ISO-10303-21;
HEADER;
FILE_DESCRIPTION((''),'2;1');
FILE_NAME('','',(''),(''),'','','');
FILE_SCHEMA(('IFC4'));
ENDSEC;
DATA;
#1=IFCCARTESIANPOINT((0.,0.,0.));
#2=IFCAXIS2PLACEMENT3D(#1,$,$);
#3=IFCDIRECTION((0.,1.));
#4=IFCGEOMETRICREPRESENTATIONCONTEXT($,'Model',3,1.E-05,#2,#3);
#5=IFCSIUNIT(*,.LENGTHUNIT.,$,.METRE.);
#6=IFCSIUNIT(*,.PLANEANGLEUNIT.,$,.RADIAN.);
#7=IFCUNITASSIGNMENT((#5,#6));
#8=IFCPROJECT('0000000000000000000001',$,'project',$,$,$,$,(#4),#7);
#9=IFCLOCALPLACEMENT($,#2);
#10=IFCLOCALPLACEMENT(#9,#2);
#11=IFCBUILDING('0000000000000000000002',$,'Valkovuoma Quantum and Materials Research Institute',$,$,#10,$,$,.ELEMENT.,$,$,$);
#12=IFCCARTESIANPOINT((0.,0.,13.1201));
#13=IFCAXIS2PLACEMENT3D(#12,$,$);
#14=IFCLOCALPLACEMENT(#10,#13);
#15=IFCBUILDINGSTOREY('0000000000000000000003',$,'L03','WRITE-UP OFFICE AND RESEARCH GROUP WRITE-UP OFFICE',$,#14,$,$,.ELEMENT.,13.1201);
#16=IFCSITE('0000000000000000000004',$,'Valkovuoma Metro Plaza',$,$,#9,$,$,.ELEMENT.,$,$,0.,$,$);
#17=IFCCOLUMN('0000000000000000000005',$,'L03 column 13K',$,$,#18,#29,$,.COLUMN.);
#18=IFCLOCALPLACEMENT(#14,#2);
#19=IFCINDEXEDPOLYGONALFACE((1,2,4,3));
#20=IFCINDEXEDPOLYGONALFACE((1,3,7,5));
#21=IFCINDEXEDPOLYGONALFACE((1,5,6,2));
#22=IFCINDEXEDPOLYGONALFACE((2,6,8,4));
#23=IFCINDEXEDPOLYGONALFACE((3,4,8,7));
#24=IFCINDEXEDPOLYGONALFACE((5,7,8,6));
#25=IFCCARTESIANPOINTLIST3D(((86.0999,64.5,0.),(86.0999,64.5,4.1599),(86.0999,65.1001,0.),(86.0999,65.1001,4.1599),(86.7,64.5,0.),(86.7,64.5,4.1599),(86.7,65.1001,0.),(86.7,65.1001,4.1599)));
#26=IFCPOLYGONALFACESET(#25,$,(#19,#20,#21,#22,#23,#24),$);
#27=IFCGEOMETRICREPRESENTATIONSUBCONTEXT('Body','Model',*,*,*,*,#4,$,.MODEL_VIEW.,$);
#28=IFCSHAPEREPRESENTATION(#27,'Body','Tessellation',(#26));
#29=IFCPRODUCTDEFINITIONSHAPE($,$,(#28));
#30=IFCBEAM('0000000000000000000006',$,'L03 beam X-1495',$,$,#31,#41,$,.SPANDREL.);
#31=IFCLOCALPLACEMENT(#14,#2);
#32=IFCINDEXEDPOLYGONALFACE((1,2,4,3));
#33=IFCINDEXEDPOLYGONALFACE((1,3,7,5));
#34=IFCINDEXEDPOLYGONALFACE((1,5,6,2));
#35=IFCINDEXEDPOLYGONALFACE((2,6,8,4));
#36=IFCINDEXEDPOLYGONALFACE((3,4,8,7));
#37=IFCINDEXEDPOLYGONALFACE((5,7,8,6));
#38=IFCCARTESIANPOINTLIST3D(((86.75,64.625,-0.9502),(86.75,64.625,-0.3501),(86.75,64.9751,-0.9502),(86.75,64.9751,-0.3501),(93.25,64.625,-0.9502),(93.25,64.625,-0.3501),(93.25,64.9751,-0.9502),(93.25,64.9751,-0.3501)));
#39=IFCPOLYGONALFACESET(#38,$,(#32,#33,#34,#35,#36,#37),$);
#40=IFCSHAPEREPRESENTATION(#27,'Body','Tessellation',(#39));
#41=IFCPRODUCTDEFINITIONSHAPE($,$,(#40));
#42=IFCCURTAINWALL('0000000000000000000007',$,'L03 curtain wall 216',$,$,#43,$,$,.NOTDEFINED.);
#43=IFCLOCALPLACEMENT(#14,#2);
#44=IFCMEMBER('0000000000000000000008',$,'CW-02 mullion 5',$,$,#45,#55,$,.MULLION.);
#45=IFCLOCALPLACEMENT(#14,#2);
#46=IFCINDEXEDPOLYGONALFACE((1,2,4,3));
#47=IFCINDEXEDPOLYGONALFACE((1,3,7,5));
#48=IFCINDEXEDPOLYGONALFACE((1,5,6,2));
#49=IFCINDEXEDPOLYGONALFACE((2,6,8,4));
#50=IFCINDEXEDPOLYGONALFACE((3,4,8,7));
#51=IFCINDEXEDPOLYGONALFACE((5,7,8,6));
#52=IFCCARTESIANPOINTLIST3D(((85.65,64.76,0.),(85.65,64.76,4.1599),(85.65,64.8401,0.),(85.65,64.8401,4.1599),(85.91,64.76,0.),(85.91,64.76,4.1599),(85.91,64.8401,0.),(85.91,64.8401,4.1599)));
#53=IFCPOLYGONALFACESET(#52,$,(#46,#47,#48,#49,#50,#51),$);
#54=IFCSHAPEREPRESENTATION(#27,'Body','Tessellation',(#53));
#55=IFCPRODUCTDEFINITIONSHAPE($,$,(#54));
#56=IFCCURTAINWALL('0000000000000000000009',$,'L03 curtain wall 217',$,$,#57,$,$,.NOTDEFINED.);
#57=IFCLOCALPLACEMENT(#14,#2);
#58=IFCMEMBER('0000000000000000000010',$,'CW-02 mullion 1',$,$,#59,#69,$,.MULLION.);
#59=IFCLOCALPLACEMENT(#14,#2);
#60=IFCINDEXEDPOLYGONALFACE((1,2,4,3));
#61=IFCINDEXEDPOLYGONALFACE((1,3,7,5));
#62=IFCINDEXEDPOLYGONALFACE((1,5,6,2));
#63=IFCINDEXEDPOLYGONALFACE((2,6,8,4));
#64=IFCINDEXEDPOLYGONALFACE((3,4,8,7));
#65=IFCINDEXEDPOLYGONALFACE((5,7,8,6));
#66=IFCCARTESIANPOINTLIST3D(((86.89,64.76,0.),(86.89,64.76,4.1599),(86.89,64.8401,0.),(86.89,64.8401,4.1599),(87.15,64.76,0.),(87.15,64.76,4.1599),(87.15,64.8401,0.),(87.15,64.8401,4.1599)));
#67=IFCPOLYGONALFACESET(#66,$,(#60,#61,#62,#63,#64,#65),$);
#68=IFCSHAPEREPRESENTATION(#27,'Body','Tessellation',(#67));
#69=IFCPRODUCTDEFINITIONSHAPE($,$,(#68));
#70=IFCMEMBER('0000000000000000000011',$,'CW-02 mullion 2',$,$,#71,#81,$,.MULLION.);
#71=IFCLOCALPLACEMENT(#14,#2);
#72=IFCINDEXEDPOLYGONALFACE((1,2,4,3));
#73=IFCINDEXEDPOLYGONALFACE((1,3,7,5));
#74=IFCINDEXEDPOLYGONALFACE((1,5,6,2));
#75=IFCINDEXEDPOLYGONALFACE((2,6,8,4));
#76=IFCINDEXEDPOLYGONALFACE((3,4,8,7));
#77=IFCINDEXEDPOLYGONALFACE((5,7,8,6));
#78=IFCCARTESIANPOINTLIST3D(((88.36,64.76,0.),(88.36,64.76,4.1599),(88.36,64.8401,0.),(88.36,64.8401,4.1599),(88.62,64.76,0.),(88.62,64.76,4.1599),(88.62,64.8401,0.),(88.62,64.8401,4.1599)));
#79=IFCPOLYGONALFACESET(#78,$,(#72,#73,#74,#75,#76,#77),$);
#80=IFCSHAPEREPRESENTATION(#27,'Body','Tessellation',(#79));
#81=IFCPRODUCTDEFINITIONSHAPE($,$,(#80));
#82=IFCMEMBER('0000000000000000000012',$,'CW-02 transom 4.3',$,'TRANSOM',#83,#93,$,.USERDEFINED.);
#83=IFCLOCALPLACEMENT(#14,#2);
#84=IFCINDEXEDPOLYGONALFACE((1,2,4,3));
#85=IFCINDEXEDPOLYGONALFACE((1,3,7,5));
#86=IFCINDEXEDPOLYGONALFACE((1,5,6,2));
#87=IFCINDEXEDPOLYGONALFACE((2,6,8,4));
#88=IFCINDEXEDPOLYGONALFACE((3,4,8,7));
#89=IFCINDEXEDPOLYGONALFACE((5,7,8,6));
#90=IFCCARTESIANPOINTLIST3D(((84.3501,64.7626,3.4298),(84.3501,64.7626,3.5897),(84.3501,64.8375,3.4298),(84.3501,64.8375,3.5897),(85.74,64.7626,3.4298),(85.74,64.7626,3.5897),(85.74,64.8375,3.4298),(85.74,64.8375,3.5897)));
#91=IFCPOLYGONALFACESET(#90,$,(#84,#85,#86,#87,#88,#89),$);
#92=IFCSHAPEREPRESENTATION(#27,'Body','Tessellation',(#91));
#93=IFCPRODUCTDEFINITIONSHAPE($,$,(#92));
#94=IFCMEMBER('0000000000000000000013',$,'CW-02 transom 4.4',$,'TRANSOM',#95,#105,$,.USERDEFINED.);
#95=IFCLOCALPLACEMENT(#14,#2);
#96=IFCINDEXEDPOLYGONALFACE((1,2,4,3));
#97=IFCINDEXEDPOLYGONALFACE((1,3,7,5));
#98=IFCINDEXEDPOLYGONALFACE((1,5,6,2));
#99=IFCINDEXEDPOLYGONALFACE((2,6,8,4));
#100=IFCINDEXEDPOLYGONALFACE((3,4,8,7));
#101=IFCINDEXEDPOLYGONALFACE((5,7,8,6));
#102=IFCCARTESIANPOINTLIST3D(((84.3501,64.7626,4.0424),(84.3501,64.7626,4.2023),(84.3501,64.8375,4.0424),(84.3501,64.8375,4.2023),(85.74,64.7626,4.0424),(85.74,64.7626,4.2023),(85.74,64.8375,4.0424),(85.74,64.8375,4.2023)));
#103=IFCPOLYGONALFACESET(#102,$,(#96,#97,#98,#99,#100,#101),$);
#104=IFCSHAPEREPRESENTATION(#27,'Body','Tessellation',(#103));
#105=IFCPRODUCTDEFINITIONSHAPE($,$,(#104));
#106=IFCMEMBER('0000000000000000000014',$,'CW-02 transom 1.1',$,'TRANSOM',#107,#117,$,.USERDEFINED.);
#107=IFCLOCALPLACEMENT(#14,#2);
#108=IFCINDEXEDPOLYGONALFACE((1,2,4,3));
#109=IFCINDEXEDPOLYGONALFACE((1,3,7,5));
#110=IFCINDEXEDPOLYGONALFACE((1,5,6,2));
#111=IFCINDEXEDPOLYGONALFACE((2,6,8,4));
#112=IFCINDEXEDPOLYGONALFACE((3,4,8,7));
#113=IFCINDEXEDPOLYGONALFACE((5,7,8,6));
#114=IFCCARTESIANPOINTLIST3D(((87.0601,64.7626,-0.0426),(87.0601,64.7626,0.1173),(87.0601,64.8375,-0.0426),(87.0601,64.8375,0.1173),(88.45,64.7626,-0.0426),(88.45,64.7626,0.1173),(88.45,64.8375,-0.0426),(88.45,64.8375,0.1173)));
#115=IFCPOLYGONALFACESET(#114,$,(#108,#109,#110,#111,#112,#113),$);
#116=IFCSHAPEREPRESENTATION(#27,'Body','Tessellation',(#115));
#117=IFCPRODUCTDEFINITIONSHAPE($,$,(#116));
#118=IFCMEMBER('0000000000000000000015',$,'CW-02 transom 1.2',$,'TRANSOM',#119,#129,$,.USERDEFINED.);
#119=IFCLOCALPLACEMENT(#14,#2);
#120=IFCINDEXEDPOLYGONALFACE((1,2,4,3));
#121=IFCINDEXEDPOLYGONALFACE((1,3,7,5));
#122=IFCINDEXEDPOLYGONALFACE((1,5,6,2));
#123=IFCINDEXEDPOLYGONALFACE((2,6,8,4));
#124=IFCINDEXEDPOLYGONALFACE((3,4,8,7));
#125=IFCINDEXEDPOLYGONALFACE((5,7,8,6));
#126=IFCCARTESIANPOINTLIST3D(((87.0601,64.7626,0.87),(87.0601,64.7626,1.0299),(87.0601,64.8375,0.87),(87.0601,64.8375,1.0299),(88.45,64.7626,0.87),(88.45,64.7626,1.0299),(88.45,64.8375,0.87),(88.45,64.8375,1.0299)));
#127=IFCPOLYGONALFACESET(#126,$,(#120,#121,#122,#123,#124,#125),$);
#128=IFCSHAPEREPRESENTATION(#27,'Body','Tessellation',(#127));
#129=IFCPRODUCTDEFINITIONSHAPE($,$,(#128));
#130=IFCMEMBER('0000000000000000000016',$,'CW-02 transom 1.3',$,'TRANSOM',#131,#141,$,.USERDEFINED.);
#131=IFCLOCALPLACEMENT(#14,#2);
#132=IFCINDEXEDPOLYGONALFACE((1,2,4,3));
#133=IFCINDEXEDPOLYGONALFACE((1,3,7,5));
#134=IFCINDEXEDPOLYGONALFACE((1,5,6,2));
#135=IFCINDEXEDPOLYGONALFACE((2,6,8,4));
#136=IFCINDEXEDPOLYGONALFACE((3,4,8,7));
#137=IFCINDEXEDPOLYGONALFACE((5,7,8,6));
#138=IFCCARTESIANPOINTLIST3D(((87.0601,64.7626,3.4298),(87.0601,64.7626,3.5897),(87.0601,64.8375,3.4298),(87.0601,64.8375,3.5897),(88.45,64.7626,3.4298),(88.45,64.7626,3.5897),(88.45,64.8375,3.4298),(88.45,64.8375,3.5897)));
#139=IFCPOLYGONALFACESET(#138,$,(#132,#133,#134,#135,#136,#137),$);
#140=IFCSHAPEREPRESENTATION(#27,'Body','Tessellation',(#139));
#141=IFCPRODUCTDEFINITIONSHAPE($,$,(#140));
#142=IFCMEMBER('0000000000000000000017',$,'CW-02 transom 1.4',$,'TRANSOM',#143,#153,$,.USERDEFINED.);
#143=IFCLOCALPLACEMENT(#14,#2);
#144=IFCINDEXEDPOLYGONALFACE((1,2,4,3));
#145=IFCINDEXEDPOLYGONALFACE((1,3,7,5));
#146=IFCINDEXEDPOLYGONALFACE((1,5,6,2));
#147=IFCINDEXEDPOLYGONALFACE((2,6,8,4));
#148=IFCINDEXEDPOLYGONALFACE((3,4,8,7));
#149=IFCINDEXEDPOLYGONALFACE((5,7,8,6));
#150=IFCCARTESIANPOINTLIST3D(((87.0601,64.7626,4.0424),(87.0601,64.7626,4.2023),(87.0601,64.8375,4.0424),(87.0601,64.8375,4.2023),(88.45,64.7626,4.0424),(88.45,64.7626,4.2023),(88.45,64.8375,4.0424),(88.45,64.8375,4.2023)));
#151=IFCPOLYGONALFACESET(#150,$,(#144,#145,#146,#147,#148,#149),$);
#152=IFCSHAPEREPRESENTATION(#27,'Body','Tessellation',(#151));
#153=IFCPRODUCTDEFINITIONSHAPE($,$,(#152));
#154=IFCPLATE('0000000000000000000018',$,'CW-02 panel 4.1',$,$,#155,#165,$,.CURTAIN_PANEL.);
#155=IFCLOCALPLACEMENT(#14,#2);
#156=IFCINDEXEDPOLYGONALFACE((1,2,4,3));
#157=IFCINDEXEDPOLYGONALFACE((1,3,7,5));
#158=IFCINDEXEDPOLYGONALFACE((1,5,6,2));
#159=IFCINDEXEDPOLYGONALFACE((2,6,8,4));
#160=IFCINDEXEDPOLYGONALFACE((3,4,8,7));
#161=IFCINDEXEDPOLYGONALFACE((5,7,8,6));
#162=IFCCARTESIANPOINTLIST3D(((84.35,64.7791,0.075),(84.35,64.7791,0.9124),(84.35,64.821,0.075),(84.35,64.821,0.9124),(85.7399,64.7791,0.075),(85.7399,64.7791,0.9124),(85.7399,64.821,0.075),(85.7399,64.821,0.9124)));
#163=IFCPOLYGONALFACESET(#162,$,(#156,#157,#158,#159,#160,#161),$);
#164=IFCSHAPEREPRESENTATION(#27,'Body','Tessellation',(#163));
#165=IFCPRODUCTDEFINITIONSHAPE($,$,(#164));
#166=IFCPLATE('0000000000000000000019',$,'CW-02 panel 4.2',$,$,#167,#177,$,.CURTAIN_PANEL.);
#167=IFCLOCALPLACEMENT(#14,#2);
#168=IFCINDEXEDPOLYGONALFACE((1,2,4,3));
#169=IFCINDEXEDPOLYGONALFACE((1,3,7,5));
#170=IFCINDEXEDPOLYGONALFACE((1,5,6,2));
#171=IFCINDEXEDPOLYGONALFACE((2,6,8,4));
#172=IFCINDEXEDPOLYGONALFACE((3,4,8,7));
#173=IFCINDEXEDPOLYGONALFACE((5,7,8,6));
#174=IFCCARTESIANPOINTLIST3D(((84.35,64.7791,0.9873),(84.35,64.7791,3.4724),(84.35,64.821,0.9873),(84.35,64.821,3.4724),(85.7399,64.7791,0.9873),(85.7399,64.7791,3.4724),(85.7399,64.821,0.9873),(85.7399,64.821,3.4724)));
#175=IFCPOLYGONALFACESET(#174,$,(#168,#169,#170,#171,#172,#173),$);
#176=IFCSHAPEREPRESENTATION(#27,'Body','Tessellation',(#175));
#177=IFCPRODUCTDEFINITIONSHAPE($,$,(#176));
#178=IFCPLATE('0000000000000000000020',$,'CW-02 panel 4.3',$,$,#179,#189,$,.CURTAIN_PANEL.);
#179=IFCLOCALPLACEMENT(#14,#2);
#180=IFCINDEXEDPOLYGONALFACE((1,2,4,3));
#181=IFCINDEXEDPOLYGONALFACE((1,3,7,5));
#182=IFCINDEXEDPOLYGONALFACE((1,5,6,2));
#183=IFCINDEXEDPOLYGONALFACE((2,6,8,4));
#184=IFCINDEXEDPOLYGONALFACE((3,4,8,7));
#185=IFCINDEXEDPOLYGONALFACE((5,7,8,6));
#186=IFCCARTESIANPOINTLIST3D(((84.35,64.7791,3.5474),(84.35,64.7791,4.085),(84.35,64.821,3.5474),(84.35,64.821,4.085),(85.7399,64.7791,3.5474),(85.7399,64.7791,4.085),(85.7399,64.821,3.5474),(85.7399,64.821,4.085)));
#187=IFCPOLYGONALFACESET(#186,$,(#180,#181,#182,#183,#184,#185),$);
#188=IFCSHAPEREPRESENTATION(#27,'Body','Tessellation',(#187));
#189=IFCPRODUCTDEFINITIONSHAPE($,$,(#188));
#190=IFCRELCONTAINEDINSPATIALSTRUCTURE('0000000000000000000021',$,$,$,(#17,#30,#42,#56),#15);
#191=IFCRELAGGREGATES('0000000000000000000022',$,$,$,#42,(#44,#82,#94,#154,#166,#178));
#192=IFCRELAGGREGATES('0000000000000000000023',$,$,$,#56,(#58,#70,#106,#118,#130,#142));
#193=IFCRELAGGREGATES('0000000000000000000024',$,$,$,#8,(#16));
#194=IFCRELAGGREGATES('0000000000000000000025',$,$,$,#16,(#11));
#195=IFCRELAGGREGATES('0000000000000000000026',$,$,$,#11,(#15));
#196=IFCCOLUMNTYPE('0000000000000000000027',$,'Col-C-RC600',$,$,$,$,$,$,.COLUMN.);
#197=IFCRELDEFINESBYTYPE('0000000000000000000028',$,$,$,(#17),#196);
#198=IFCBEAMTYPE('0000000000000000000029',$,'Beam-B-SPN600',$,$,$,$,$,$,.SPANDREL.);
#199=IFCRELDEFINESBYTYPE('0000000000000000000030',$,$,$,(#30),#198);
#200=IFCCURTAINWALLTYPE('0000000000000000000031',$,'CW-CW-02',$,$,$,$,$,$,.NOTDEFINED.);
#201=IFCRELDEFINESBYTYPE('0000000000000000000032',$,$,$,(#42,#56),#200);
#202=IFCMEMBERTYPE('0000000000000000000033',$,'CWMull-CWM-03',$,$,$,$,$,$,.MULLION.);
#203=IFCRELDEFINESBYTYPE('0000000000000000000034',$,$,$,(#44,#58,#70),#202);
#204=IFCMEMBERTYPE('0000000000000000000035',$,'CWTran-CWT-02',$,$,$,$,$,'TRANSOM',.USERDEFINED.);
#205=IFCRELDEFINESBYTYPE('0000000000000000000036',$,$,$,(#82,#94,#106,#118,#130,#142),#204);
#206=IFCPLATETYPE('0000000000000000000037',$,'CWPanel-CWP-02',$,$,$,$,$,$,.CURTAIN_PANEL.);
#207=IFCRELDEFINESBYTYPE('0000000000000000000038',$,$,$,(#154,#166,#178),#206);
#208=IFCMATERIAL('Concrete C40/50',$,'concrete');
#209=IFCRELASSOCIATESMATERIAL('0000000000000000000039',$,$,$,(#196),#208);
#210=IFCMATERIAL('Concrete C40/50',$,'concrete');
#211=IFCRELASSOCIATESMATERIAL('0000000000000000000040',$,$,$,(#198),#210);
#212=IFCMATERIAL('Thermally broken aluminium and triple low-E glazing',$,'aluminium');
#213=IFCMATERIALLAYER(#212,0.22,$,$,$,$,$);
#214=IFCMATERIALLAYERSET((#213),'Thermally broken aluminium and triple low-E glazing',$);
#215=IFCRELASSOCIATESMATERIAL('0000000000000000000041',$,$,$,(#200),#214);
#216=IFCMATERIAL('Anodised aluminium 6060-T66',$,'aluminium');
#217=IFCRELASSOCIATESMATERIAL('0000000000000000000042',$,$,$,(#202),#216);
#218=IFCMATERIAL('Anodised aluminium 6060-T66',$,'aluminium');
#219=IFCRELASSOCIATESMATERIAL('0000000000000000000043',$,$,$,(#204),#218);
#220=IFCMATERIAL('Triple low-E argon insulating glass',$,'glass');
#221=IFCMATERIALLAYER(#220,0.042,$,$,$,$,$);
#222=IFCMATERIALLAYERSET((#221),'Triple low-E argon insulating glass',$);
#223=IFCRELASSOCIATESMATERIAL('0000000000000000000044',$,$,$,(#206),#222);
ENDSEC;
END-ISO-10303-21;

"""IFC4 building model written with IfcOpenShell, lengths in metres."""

from ifc_helpers import new_model, si_unit, direction, frame, origin, origin_2d, place, context, subcontext, project, spatial, rectangle, extrude, material, layer, layer_set, material_profile, profile_set, type_object, element, aggregate, save


model = new_model("IFC4")

# Units and contexts
model_context = context("Model", 3, precision=1e-05, world=origin(), true_north=direction((0.0, 1.0)))
body_context = subcontext(model_context, "Body", "Model", "MODEL_VIEW")
ifc_project = project(units=[si_unit("LENGTHUNIT", "METRE"), si_unit("PLANEANGLEUNIT", "RADIAN")], contexts=[model_context])

# Site, building, storey
site_placement = place(None, origin())
site = spatial("IfcSite", under=ifc_project, at=site_placement, Name="Valkovuoma Metro Plaza", CompositionType="ELEMENT", RefElevation=0.0)
building_placement = place(site_placement, origin())
building = spatial("IfcBuilding", under=site, at=building_placement, Name="Valkovuoma Quantum and Materials Research Institute", CompositionType="ELEMENT")
storey_placement = place(building_placement, frame((0.0, 0.0, 13.1201)))
storey = spatial("IfcBuildingStorey", under=building, at=storey_placement, Name="L03", Description="WRITE-UP OFFICE AND RESEARCH GROUP WRITE-UP OFFICE", CompositionType="ELEMENT", Elevation=13.1201)

# Column
ifc_material_1 = material(Name="Concrete C40/50", Category="concrete")
ifc_material_profile_1 = material_profile(ifc_material_1, rectangle(XDim=0.6001, YDim=0.6001, at=origin_2d()), Name="Concrete C40/50")
ifc_profile_set_1 = profile_set([ifc_material_profile_1], Name="Concrete C40/50")
column_type = type_object("IfcColumnType", Name="Col-C-RC600", PredefinedType="COLUMN", material=ifc_profile_set_1)
column_placement = place(storey_placement, frame((86.3999, 64.8, 0.0), z_axis=(0.0, 0.0, 1.0), x_axis=(1.0, 0.0, 0.0)))
element("IfcColumn", 1, at=column_placement, inside=storey, type_object=column_type, Name="L03 column 13K", PredefinedType="COLUMN", context=body_context, shape_type="SweptSolid", body=[
    extrude(rectangle(XDim=0.6001, YDim=0.6001, at=origin_2d()), origin(), (0.0, 0.0, 1.0), 4.1599),
])

# Beam
ifc_material_2 = material(Name="Concrete C40/50", Category="concrete")
ifc_material_profile_2 = material_profile(ifc_material_2, rectangle(XDim=0.3501, YDim=0.6001, at=origin_2d()), Name="Concrete C40/50")
ifc_profile_set_2 = profile_set([ifc_material_profile_2], Name="Concrete C40/50")
beam_type = type_object("IfcBeamType", Name="Beam-B-SPN600", PredefinedType="SPANDREL", material=ifc_profile_set_2)
beam_placement = place(storey_placement, frame((86.75, 64.8, -0.6501), z_axis=(1.0, 0.0, 0.0), x_axis=(0.0, 1.0, 0.0)))
element("IfcBeam", 2, at=beam_placement, inside=storey, type_object=beam_type, Name="L03 beam X-1495", PredefinedType="SPANDREL", context=body_context, shape_type="SweptSolid", body=[
    extrude(rectangle(XDim=0.3501, YDim=0.6001, at=origin_2d()), origin(), (0.0, 0.0, 1.0), 6.5),
])

# Curtain wall, member
ifc_material_3 = material(Name="Thermally broken aluminium and triple low-E glazing", Category="aluminium")
ifc_layer_1 = layer(ifc_material_3, 0.22)
ifc_layer_set_1 = layer_set([ifc_layer_1], Name="Thermally broken aluminium and triple low-E glazing")
curtain_wall_type = type_object("IfcCurtainWallType", Name="CW-CW-02", PredefinedType="NOTDEFINED", material=ifc_layer_set_1)
curtain_wall_1_placement = place(storey_placement, origin())
curtain_wall_1 = element("IfcCurtainWall", 3, at=curtain_wall_1_placement, inside=storey, type_object=curtain_wall_type, Name="L03 curtain wall 216", PredefinedType="NOTDEFINED")
ifc_material_4 = material(Name="Anodised aluminium 6060-T66", Category="aluminium")
ifc_material_profile_3 = material_profile(ifc_material_4, rectangle(XDim=0.0801, YDim=0.26, at=origin_2d()), Name="Anodised aluminium 6060-T66")
ifc_profile_set_3 = profile_set([ifc_material_profile_3], Name="Anodised aluminium 6060-T66")
member_type_1 = type_object("IfcMemberType", Name="CWMull-CWM-03", PredefinedType="MULLION", material=ifc_profile_set_3)
member_1_placement = place(storey_placement, frame((85.78, 64.8, 0.0), z_axis=(0.0, 0.0, 1.0), x_axis=(0.0, 1.0, 0.0)))
member_1 = element("IfcMember", 4, at=member_1_placement, type_object=member_type_1, Name="CW-02 mullion 5", PredefinedType="MULLION", context=body_context, shape_type="SweptSolid", body=[
    extrude(rectangle(XDim=0.0801, YDim=0.26, at=origin_2d()), origin(), (0.0, 0.0, 1.0), 4.1599),
])

# Curtain wall, members
curtain_wall_2_placement = place(storey_placement, origin())
curtain_wall_2 = element("IfcCurtainWall", 5, at=curtain_wall_2_placement, inside=storey, type_object=curtain_wall_type, Name="L03 curtain wall 217", PredefinedType="NOTDEFINED")
member_2_placement = place(storey_placement, frame((87.02, 64.8, 0.0), z_axis=(0.0, 0.0, 1.0), x_axis=(0.0, 1.0, 0.0)))
member_2 = element("IfcMember", 6, at=member_2_placement, type_object=member_type_1, Name="CW-02 mullion 1", PredefinedType="MULLION", context=body_context, shape_type="SweptSolid", body=[
    extrude(rectangle(XDim=0.0801, YDim=0.26, at=origin_2d()), origin(), (0.0, 0.0, 1.0), 4.1599),
])
member_3_placement = place(storey_placement, frame((88.49, 64.8, 0.0), z_axis=(0.0, 0.0, 1.0), x_axis=(0.0, 1.0, 0.0)))
member_3 = element("IfcMember", 7, at=member_3_placement, type_object=member_type_1, Name="CW-02 mullion 2", PredefinedType="MULLION", context=body_context, shape_type="SweptSolid", body=[
    extrude(rectangle(XDim=0.0801, YDim=0.26, at=origin_2d()), origin(), (0.0, 0.0, 1.0), 4.1599),
])

# Members
ifc_material_5 = material(Name="Anodised aluminium 6060-T66", Category="aluminium")
ifc_material_profile_4 = material_profile(ifc_material_5, rectangle(XDim=0.075, YDim=0.1599, at=origin_2d()), Name="Anodised aluminium 6060-T66")
ifc_profile_set_4 = profile_set([ifc_material_profile_4], Name="Anodised aluminium 6060-T66")
member_type_2 = type_object("IfcMemberType", Name="CWTran-CWT-02", ElementType="TRANSOM", PredefinedType="USERDEFINED", material=ifc_profile_set_4)
member_4_placement = place(storey_placement, frame((84.3501, 64.8, 3.5098), z_axis=(1.0, 0.0, 0.0), x_axis=(0.0, 1.0, 0.0)))
member_4 = element("IfcMember", 8, at=member_4_placement, type_object=member_type_2, Name="CW-02 transom 4.3", ObjectType="TRANSOM", PredefinedType="USERDEFINED", context=body_context, shape_type="SweptSolid", body=[
    extrude(rectangle(XDim=0.075, YDim=0.1599, at=origin_2d()), origin(), (0.0, 0.0, 1.0), 1.3899),
])
member_5_placement = place(storey_placement, frame((84.3501, 64.8, 4.1223), z_axis=(1.0, 0.0, 0.0), x_axis=(0.0, 1.0, 0.0)))
member_5 = element("IfcMember", 9, at=member_5_placement, type_object=member_type_2, Name="CW-02 transom 4.4", ObjectType="TRANSOM", PredefinedType="USERDEFINED", context=body_context, shape_type="SweptSolid", body=[
    extrude(rectangle(XDim=0.075, YDim=0.1599, at=origin_2d()), origin(), (0.0, 0.0, 1.0), 1.3899),
])
member_6_placement = place(storey_placement, frame((87.0601, 64.8, 0.0374), z_axis=(1.0, 0.0, 0.0), x_axis=(0.0, 1.0, 0.0)))
member_6 = element("IfcMember", 10, at=member_6_placement, type_object=member_type_2, Name="CW-02 transom 1.1", ObjectType="TRANSOM", PredefinedType="USERDEFINED", context=body_context, shape_type="SweptSolid", body=[
    extrude(rectangle(XDim=0.075, YDim=0.1599, at=origin_2d()), origin(), (0.0, 0.0, 1.0), 1.3899),
])
member_7_placement = place(storey_placement, frame((87.0601, 64.8, 0.95), z_axis=(1.0, 0.0, 0.0), x_axis=(0.0, 1.0, 0.0)))
member_7 = element("IfcMember", 11, at=member_7_placement, type_object=member_type_2, Name="CW-02 transom 1.2", ObjectType="TRANSOM", PredefinedType="USERDEFINED", context=body_context, shape_type="SweptSolid", body=[
    extrude(rectangle(XDim=0.075, YDim=0.1599, at=origin_2d()), origin(), (0.0, 0.0, 1.0), 1.3899),
])
member_8_placement = place(storey_placement, frame((87.0601, 64.8, 3.5098), z_axis=(1.0, 0.0, 0.0), x_axis=(0.0, 1.0, 0.0)))
member_8 = element("IfcMember", 12, at=member_8_placement, type_object=member_type_2, Name="CW-02 transom 1.3", ObjectType="TRANSOM", PredefinedType="USERDEFINED", context=body_context, shape_type="SweptSolid", body=[
    extrude(rectangle(XDim=0.075, YDim=0.1599, at=origin_2d()), origin(), (0.0, 0.0, 1.0), 1.3899),
])
member_9_placement = place(storey_placement, frame((87.0601, 64.8, 4.1223), z_axis=(1.0, 0.0, 0.0), x_axis=(0.0, 1.0, 0.0)))
member_9 = element("IfcMember", 13, at=member_9_placement, type_object=member_type_2, Name="CW-02 transom 1.4", ObjectType="TRANSOM", PredefinedType="USERDEFINED", context=body_context, shape_type="SweptSolid", body=[
    extrude(rectangle(XDim=0.075, YDim=0.1599, at=origin_2d()), origin(), (0.0, 0.0, 1.0), 1.3899),
])

# Plates
ifc_material_6 = material(Name="Triple low-E argon insulating glass", Category="glass")
ifc_layer_2 = layer(ifc_material_6, 0.042)
ifc_layer_set_2 = layer_set([ifc_layer_2], Name="Triple low-E argon insulating glass")
plate_type = type_object("IfcPlateType", Name="CWPanel-CWP-02", PredefinedType="CURTAIN_PANEL", material=ifc_layer_set_2)
plate_1_placement = place(storey_placement, frame((85.0449, 64.8, 0.075), z_axis=(0.0, 0.0, 1.0), x_axis=(1.0, 0.0, 0.0)))
plate_1 = element("IfcPlate", 14, at=plate_1_placement, type_object=plate_type, Name="CW-02 panel 4.1", PredefinedType="CURTAIN_PANEL", context=body_context, shape_type="SweptSolid", body=[
    extrude(rectangle(XDim=1.3899, YDim=0.042, at=origin_2d()), origin(), (0.0, 0.0, 1.0), 0.8374),
])
plate_2_placement = place(storey_placement, frame((85.0449, 64.8, 0.9873), z_axis=(0.0, 0.0, 1.0), x_axis=(1.0, 0.0, 0.0)))
plate_2 = element("IfcPlate", 15, at=plate_2_placement, type_object=plate_type, Name="CW-02 panel 4.2", PredefinedType="CURTAIN_PANEL", context=body_context, shape_type="SweptSolid", body=[
    extrude(rectangle(XDim=1.3899, YDim=0.042, at=origin_2d()), origin(), (0.0, 0.0, 1.0), 2.4851),
])
plate_3_placement = place(storey_placement, frame((85.0449, 64.8, 3.5474), z_axis=(0.0, 0.0, 1.0), x_axis=(1.0, 0.0, 0.0)))
plate_3 = element("IfcPlate", 16, at=plate_3_placement, type_object=plate_type, Name="CW-02 panel 4.3", PredefinedType="CURTAIN_PANEL", context=body_context, shape_type="SweptSolid", body=[
    extrude(rectangle(XDim=1.3899, YDim=0.042, at=origin_2d()), origin(), (0.0, 0.0, 1.0), 0.5376),
])
aggregate(curtain_wall_1, [member_1, member_4, member_5, plate_1, plate_2, plate_3])
aggregate(curtain_wall_2, [member_2, member_3, member_6, member_7, member_8, member_9])

save(model, "model.ifc")
